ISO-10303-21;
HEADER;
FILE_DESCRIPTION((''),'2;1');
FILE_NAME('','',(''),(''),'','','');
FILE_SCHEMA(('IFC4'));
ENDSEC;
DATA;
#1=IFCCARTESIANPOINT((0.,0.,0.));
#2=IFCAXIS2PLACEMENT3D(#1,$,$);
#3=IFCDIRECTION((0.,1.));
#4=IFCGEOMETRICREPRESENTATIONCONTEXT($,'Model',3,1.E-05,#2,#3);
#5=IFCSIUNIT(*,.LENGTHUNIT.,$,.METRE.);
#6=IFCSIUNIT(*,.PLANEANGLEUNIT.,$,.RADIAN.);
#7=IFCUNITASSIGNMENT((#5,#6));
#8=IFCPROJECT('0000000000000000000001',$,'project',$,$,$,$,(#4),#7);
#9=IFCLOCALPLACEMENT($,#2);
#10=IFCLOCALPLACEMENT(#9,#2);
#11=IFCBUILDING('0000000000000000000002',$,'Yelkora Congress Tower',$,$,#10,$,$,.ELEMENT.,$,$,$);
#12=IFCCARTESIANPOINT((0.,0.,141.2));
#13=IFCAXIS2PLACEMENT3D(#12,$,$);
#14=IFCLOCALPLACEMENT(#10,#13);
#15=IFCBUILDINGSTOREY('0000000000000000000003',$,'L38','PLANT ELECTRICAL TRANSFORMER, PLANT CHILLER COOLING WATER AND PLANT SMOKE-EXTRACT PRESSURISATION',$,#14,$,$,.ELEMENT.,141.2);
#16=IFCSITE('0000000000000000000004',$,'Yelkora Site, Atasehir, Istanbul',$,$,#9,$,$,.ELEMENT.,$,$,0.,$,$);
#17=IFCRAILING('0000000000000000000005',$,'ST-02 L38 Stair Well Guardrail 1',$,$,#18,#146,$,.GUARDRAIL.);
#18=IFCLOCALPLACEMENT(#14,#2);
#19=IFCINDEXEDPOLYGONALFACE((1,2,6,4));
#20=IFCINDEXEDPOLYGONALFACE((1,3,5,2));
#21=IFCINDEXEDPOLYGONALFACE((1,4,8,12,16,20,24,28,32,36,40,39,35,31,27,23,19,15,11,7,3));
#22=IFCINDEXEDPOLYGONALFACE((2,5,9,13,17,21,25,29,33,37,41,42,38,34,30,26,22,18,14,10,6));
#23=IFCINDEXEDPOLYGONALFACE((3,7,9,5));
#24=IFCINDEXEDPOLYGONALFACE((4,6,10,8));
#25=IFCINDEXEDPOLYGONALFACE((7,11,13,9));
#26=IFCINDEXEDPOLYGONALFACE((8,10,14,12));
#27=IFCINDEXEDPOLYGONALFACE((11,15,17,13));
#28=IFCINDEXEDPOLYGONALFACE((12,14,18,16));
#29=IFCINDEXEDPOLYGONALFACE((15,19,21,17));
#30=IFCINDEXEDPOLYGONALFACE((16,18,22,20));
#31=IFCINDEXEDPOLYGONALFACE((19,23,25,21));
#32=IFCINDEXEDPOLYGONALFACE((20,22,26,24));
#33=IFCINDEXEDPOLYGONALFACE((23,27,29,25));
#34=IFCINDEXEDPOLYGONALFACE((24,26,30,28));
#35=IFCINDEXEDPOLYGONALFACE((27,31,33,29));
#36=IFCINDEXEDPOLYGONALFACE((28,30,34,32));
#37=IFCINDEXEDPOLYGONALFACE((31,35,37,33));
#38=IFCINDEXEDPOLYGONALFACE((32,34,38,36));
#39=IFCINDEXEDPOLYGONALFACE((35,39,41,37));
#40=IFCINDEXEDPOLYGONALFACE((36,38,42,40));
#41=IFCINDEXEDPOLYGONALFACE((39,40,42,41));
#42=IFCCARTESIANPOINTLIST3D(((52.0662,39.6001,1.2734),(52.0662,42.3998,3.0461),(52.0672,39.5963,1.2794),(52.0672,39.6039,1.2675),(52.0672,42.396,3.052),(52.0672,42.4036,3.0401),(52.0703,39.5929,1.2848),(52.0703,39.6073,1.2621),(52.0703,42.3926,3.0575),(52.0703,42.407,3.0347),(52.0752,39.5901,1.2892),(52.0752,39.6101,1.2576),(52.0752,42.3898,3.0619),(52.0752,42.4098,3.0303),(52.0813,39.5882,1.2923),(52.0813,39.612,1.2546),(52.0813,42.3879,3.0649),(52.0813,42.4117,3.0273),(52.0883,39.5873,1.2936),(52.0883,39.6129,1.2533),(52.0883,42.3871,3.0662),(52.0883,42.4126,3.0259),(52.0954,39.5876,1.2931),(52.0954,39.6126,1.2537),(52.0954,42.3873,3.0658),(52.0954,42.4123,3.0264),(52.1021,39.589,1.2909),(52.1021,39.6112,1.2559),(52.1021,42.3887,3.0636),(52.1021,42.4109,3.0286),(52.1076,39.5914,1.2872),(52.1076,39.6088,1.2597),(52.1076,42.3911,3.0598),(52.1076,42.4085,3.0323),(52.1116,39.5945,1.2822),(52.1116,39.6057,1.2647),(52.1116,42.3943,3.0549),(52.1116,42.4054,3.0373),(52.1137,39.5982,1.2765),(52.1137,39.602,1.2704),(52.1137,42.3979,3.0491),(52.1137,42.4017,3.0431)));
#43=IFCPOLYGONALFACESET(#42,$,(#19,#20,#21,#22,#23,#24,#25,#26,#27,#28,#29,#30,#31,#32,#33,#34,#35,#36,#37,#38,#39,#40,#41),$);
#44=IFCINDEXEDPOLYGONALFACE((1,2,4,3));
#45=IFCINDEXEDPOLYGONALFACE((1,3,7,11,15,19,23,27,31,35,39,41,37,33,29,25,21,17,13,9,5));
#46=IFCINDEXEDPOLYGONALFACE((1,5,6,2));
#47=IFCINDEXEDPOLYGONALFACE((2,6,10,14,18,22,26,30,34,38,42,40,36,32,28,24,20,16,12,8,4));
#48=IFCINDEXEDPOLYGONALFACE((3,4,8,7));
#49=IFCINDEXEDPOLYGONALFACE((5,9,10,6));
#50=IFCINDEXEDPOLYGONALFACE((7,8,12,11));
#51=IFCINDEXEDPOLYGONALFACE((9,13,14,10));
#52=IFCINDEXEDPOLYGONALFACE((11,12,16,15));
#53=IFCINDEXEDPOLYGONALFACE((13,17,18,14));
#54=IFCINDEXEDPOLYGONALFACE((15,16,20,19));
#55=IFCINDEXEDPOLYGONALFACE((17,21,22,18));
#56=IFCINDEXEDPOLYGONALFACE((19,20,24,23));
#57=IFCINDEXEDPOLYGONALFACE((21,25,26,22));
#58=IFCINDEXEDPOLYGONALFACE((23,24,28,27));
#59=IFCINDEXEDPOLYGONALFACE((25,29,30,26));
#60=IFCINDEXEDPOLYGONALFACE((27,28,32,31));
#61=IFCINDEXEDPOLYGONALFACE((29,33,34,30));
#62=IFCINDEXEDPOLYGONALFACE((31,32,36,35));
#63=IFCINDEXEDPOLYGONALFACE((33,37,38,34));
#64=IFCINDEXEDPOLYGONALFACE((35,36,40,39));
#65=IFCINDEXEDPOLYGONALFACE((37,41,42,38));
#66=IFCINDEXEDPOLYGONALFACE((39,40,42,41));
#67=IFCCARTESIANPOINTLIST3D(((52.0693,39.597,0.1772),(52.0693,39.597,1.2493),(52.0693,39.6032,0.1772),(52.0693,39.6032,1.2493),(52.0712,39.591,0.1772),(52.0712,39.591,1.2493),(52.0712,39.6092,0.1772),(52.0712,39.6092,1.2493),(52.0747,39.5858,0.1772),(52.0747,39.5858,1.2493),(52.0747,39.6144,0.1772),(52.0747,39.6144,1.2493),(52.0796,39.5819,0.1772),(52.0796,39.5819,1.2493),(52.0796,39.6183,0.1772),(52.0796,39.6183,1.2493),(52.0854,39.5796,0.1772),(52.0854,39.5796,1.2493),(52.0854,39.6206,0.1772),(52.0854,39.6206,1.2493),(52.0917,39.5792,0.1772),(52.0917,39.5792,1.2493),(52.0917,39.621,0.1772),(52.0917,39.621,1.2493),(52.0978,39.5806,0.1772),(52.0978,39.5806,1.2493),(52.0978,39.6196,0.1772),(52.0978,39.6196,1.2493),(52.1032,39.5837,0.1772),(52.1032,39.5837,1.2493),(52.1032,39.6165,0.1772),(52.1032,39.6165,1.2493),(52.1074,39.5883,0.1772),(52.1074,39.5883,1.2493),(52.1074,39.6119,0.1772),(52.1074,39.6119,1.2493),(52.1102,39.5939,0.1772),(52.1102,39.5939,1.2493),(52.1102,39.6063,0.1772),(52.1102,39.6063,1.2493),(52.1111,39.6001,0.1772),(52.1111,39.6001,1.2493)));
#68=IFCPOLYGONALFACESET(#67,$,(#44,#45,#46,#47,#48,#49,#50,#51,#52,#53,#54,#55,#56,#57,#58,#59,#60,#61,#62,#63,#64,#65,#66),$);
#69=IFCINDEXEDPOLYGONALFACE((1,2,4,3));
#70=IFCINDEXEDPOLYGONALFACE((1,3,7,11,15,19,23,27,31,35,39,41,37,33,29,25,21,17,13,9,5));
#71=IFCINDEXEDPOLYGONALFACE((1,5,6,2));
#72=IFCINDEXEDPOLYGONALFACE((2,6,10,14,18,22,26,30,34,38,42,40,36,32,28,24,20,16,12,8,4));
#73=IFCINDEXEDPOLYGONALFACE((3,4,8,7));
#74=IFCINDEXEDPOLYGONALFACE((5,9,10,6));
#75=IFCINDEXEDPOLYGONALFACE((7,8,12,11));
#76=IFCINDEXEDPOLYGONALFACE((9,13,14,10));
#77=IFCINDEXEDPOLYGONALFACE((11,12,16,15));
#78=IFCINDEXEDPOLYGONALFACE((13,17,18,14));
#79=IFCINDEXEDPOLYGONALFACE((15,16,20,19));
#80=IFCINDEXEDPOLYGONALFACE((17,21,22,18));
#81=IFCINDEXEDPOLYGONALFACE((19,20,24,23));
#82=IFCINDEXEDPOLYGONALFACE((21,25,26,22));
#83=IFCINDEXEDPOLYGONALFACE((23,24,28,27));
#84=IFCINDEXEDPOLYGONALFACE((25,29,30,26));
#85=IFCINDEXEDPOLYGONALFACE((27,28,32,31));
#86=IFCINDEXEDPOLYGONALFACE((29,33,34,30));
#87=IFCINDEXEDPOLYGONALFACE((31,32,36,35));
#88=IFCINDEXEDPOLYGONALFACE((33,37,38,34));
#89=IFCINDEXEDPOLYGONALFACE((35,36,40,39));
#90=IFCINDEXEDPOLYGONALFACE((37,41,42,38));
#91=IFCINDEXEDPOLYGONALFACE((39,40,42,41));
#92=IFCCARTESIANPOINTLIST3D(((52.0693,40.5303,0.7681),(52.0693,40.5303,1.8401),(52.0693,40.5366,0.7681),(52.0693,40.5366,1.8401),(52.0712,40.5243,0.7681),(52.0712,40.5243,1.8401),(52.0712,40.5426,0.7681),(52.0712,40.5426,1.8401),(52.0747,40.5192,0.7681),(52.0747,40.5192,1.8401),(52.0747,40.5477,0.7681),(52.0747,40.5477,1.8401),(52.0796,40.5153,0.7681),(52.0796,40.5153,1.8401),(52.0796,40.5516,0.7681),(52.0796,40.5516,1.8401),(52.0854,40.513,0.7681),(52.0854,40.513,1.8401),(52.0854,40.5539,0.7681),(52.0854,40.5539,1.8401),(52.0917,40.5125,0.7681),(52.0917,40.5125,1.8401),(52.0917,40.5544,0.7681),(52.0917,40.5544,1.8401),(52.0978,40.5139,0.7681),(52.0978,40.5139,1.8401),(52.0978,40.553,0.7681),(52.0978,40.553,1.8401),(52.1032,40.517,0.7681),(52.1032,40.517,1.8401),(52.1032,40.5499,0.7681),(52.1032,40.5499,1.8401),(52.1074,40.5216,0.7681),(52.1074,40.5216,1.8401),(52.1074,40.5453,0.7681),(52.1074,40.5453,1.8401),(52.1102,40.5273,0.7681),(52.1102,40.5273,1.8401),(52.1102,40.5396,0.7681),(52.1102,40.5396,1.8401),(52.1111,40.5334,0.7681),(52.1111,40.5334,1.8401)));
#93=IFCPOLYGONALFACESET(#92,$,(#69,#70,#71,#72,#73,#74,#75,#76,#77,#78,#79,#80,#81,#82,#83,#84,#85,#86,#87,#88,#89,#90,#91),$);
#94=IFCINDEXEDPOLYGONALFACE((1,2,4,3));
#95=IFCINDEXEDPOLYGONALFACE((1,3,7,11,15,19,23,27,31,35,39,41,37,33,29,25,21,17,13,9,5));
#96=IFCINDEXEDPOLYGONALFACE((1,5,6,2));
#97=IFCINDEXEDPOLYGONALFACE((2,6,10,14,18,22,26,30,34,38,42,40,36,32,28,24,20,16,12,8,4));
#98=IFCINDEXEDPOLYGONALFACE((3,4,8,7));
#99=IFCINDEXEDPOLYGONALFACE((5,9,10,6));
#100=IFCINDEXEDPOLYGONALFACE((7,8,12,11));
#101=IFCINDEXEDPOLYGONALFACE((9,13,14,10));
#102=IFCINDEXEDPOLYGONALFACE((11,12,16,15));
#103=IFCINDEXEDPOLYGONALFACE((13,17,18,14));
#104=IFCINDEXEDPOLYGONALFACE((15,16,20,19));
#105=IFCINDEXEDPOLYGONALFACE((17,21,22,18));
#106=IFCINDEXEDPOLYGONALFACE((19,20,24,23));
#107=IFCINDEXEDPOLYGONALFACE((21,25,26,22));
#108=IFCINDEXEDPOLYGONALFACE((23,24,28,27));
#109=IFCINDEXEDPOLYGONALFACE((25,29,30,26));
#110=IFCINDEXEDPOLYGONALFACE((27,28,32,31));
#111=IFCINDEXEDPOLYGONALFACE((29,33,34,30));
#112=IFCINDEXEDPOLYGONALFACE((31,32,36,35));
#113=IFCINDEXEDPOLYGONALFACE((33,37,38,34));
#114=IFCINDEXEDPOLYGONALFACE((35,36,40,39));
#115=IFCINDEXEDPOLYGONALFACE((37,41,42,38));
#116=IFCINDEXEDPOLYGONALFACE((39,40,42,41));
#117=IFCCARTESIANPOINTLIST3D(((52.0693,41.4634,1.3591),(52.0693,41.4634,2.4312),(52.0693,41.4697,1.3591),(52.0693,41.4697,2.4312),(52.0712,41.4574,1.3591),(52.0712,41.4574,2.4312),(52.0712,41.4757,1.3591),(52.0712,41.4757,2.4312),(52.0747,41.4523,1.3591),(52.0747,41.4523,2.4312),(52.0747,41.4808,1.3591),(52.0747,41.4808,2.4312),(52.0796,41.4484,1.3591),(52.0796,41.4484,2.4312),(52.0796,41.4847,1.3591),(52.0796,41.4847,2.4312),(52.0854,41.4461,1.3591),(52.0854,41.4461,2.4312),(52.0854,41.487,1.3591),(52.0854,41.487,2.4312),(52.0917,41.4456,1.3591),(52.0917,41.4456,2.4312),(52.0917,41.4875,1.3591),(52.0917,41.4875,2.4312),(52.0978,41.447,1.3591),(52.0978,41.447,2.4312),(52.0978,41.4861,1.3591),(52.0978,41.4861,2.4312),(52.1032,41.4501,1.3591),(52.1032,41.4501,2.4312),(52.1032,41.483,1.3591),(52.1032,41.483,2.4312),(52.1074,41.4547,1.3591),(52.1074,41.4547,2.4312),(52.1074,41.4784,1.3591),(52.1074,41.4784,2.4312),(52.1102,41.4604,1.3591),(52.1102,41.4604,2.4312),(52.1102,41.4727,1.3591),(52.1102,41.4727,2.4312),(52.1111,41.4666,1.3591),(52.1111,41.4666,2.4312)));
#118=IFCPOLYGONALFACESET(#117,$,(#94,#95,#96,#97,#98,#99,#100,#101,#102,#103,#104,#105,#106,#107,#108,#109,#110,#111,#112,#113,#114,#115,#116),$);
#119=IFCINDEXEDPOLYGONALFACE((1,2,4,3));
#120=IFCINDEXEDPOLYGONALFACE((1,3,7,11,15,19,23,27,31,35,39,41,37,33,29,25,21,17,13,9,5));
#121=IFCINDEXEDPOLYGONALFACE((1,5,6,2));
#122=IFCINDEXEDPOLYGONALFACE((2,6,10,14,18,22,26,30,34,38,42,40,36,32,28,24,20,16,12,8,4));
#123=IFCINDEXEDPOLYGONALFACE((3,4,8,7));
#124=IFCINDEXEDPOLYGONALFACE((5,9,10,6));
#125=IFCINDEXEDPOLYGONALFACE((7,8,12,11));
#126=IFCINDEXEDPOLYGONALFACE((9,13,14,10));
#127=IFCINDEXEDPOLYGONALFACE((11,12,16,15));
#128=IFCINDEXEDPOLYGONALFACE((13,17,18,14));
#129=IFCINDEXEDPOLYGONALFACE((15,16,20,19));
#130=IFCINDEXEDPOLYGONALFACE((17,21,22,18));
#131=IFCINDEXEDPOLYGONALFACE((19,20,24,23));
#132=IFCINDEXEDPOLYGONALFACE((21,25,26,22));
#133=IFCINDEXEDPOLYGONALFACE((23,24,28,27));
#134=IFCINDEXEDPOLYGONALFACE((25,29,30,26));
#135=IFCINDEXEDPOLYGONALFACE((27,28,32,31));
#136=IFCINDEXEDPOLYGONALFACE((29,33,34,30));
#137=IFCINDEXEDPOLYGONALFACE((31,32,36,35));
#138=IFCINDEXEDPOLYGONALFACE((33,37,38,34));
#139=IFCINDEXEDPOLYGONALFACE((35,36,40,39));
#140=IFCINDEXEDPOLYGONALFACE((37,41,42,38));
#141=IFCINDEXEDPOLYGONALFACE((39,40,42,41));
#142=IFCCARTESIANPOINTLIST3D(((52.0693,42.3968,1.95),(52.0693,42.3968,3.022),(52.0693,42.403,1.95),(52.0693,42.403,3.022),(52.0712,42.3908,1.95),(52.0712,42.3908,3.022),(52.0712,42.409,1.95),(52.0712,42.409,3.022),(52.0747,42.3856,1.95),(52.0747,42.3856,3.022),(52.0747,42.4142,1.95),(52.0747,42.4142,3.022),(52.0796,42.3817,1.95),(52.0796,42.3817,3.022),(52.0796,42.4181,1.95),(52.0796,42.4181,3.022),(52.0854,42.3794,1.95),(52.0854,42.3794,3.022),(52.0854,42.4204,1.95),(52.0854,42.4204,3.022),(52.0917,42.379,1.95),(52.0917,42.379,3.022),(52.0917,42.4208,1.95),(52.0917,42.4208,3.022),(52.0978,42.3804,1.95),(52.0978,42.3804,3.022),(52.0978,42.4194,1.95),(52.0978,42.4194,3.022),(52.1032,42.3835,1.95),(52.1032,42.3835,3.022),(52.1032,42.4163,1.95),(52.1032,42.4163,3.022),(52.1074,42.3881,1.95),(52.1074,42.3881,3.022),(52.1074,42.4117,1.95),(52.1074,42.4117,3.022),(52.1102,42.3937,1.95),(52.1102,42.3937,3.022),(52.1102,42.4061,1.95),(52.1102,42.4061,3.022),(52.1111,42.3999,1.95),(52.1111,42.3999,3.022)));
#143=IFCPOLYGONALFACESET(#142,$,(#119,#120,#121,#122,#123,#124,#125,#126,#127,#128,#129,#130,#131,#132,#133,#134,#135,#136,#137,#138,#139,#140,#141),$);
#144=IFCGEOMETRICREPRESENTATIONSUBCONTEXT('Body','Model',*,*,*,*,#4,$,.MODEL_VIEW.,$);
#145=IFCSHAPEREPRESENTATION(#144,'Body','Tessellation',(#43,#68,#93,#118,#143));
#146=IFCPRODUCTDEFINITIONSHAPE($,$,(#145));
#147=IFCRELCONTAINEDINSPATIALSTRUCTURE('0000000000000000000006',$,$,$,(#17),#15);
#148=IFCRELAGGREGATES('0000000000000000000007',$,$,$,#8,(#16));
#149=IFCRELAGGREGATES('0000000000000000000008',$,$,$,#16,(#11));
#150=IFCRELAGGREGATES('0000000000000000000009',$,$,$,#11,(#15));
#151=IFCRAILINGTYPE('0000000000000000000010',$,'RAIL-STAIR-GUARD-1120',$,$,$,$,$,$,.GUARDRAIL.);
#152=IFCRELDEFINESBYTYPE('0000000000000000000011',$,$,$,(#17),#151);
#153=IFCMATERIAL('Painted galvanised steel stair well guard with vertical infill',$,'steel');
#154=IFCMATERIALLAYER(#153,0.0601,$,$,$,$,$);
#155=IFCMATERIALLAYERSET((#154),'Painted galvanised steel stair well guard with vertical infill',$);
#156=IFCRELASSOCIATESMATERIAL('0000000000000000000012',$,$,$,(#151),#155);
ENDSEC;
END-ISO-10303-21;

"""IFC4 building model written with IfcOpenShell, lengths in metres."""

from ifc_helpers import new_model, si_unit, direction, frame, origin, origin_2d, place, context, subcontext, project, spatial, circle, extrude, material, layer, layer_set, type_object, element, save


model = new_model("IFC4")

# Units and contexts
model_context = context("Model", 3, precision=1e-05, world=origin(), true_north=direction((0.0, 1.0)))
body_context = subcontext(model_context, "Body", "Model", "MODEL_VIEW")
ifc_project = project(units=[si_unit("LENGTHUNIT", "METRE"), si_unit("PLANEANGLEUNIT", "RADIAN")], contexts=[model_context])

# Site, building, storey
site_placement = place(None, origin())
site = spatial("IfcSite", under=ifc_project, at=site_placement, Name="Yelkora Site, Atasehir, Istanbul", CompositionType="ELEMENT", RefElevation=0.0)
building_placement = place(site_placement, origin())
building = spatial("IfcBuilding", under=site, at=building_placement, Name="Yelkora Congress Tower", CompositionType="ELEMENT")
storey_placement = place(building_placement, frame((0.0, 0.0, 141.2)))
storey = spatial("IfcBuildingStorey", under=building, at=storey_placement, Name="L38", Description="PLANT ELECTRICAL TRANSFORMER, PLANT CHILLER COOLING WATER AND PLANT SMOKE-EXTRACT PRESSURISATION", CompositionType="ELEMENT", Elevation=141.2)

# Railing
ifc_material_1 = material(Name="Painted galvanised steel stair well guard with vertical infill", Category="steel")
ifc_layer_1 = layer(ifc_material_1, 0.0601)
ifc_layer_set_1 = layer_set([ifc_layer_1], Name="Painted galvanised steel stair well guard with vertical infill")
railing_type_1 = type_object("IfcRailingType", Name="RAIL-STAIR-GUARD-1120", PredefinedType="GUARDRAIL", material=ifc_layer_set_1)
railing_1_placement = place(storey_placement, frame((52.0901, 39.6001, 0.1772)))
element("IfcRailing", 1, at=railing_1_placement, inside=storey, type_object=railing_type_1, Name="ST-02 L38 Stair Well Guardrail 1", PredefinedType="GUARDRAIL", context=body_context, shape_type="SweptSolid", body=[
    extrude(circle(Radius=0.0239, at=origin_2d()), frame((0.0, 0.0, 1.0962), z_axis=(0.0, 0.844888, 0.534943), x_axis=(-1.0, 0.0, 0.0)), (0.0, 0.0, 1.0), 3.3137),
    extrude(circle(Radius=0.021, at=origin_2d()), origin(), (0.0, 0.0, 1.0), 1.072),
    extrude(circle(Radius=0.021, at=origin_2d()), frame((0.0, 0.9333, 0.5908)), (0.0, 0.0, 1.0), 1.072),
    extrude(circle(Radius=0.021, at=origin_2d()), frame((0.0, 1.8665, 1.1819)), (0.0, 0.0, 1.0), 1.072),
    extrude(circle(Radius=0.021, at=origin_2d()), frame((0.0, 2.7998, 1.7727)), (0.0, 0.0, 1.0), 1.072),
])

save(model, "model.ifc")
